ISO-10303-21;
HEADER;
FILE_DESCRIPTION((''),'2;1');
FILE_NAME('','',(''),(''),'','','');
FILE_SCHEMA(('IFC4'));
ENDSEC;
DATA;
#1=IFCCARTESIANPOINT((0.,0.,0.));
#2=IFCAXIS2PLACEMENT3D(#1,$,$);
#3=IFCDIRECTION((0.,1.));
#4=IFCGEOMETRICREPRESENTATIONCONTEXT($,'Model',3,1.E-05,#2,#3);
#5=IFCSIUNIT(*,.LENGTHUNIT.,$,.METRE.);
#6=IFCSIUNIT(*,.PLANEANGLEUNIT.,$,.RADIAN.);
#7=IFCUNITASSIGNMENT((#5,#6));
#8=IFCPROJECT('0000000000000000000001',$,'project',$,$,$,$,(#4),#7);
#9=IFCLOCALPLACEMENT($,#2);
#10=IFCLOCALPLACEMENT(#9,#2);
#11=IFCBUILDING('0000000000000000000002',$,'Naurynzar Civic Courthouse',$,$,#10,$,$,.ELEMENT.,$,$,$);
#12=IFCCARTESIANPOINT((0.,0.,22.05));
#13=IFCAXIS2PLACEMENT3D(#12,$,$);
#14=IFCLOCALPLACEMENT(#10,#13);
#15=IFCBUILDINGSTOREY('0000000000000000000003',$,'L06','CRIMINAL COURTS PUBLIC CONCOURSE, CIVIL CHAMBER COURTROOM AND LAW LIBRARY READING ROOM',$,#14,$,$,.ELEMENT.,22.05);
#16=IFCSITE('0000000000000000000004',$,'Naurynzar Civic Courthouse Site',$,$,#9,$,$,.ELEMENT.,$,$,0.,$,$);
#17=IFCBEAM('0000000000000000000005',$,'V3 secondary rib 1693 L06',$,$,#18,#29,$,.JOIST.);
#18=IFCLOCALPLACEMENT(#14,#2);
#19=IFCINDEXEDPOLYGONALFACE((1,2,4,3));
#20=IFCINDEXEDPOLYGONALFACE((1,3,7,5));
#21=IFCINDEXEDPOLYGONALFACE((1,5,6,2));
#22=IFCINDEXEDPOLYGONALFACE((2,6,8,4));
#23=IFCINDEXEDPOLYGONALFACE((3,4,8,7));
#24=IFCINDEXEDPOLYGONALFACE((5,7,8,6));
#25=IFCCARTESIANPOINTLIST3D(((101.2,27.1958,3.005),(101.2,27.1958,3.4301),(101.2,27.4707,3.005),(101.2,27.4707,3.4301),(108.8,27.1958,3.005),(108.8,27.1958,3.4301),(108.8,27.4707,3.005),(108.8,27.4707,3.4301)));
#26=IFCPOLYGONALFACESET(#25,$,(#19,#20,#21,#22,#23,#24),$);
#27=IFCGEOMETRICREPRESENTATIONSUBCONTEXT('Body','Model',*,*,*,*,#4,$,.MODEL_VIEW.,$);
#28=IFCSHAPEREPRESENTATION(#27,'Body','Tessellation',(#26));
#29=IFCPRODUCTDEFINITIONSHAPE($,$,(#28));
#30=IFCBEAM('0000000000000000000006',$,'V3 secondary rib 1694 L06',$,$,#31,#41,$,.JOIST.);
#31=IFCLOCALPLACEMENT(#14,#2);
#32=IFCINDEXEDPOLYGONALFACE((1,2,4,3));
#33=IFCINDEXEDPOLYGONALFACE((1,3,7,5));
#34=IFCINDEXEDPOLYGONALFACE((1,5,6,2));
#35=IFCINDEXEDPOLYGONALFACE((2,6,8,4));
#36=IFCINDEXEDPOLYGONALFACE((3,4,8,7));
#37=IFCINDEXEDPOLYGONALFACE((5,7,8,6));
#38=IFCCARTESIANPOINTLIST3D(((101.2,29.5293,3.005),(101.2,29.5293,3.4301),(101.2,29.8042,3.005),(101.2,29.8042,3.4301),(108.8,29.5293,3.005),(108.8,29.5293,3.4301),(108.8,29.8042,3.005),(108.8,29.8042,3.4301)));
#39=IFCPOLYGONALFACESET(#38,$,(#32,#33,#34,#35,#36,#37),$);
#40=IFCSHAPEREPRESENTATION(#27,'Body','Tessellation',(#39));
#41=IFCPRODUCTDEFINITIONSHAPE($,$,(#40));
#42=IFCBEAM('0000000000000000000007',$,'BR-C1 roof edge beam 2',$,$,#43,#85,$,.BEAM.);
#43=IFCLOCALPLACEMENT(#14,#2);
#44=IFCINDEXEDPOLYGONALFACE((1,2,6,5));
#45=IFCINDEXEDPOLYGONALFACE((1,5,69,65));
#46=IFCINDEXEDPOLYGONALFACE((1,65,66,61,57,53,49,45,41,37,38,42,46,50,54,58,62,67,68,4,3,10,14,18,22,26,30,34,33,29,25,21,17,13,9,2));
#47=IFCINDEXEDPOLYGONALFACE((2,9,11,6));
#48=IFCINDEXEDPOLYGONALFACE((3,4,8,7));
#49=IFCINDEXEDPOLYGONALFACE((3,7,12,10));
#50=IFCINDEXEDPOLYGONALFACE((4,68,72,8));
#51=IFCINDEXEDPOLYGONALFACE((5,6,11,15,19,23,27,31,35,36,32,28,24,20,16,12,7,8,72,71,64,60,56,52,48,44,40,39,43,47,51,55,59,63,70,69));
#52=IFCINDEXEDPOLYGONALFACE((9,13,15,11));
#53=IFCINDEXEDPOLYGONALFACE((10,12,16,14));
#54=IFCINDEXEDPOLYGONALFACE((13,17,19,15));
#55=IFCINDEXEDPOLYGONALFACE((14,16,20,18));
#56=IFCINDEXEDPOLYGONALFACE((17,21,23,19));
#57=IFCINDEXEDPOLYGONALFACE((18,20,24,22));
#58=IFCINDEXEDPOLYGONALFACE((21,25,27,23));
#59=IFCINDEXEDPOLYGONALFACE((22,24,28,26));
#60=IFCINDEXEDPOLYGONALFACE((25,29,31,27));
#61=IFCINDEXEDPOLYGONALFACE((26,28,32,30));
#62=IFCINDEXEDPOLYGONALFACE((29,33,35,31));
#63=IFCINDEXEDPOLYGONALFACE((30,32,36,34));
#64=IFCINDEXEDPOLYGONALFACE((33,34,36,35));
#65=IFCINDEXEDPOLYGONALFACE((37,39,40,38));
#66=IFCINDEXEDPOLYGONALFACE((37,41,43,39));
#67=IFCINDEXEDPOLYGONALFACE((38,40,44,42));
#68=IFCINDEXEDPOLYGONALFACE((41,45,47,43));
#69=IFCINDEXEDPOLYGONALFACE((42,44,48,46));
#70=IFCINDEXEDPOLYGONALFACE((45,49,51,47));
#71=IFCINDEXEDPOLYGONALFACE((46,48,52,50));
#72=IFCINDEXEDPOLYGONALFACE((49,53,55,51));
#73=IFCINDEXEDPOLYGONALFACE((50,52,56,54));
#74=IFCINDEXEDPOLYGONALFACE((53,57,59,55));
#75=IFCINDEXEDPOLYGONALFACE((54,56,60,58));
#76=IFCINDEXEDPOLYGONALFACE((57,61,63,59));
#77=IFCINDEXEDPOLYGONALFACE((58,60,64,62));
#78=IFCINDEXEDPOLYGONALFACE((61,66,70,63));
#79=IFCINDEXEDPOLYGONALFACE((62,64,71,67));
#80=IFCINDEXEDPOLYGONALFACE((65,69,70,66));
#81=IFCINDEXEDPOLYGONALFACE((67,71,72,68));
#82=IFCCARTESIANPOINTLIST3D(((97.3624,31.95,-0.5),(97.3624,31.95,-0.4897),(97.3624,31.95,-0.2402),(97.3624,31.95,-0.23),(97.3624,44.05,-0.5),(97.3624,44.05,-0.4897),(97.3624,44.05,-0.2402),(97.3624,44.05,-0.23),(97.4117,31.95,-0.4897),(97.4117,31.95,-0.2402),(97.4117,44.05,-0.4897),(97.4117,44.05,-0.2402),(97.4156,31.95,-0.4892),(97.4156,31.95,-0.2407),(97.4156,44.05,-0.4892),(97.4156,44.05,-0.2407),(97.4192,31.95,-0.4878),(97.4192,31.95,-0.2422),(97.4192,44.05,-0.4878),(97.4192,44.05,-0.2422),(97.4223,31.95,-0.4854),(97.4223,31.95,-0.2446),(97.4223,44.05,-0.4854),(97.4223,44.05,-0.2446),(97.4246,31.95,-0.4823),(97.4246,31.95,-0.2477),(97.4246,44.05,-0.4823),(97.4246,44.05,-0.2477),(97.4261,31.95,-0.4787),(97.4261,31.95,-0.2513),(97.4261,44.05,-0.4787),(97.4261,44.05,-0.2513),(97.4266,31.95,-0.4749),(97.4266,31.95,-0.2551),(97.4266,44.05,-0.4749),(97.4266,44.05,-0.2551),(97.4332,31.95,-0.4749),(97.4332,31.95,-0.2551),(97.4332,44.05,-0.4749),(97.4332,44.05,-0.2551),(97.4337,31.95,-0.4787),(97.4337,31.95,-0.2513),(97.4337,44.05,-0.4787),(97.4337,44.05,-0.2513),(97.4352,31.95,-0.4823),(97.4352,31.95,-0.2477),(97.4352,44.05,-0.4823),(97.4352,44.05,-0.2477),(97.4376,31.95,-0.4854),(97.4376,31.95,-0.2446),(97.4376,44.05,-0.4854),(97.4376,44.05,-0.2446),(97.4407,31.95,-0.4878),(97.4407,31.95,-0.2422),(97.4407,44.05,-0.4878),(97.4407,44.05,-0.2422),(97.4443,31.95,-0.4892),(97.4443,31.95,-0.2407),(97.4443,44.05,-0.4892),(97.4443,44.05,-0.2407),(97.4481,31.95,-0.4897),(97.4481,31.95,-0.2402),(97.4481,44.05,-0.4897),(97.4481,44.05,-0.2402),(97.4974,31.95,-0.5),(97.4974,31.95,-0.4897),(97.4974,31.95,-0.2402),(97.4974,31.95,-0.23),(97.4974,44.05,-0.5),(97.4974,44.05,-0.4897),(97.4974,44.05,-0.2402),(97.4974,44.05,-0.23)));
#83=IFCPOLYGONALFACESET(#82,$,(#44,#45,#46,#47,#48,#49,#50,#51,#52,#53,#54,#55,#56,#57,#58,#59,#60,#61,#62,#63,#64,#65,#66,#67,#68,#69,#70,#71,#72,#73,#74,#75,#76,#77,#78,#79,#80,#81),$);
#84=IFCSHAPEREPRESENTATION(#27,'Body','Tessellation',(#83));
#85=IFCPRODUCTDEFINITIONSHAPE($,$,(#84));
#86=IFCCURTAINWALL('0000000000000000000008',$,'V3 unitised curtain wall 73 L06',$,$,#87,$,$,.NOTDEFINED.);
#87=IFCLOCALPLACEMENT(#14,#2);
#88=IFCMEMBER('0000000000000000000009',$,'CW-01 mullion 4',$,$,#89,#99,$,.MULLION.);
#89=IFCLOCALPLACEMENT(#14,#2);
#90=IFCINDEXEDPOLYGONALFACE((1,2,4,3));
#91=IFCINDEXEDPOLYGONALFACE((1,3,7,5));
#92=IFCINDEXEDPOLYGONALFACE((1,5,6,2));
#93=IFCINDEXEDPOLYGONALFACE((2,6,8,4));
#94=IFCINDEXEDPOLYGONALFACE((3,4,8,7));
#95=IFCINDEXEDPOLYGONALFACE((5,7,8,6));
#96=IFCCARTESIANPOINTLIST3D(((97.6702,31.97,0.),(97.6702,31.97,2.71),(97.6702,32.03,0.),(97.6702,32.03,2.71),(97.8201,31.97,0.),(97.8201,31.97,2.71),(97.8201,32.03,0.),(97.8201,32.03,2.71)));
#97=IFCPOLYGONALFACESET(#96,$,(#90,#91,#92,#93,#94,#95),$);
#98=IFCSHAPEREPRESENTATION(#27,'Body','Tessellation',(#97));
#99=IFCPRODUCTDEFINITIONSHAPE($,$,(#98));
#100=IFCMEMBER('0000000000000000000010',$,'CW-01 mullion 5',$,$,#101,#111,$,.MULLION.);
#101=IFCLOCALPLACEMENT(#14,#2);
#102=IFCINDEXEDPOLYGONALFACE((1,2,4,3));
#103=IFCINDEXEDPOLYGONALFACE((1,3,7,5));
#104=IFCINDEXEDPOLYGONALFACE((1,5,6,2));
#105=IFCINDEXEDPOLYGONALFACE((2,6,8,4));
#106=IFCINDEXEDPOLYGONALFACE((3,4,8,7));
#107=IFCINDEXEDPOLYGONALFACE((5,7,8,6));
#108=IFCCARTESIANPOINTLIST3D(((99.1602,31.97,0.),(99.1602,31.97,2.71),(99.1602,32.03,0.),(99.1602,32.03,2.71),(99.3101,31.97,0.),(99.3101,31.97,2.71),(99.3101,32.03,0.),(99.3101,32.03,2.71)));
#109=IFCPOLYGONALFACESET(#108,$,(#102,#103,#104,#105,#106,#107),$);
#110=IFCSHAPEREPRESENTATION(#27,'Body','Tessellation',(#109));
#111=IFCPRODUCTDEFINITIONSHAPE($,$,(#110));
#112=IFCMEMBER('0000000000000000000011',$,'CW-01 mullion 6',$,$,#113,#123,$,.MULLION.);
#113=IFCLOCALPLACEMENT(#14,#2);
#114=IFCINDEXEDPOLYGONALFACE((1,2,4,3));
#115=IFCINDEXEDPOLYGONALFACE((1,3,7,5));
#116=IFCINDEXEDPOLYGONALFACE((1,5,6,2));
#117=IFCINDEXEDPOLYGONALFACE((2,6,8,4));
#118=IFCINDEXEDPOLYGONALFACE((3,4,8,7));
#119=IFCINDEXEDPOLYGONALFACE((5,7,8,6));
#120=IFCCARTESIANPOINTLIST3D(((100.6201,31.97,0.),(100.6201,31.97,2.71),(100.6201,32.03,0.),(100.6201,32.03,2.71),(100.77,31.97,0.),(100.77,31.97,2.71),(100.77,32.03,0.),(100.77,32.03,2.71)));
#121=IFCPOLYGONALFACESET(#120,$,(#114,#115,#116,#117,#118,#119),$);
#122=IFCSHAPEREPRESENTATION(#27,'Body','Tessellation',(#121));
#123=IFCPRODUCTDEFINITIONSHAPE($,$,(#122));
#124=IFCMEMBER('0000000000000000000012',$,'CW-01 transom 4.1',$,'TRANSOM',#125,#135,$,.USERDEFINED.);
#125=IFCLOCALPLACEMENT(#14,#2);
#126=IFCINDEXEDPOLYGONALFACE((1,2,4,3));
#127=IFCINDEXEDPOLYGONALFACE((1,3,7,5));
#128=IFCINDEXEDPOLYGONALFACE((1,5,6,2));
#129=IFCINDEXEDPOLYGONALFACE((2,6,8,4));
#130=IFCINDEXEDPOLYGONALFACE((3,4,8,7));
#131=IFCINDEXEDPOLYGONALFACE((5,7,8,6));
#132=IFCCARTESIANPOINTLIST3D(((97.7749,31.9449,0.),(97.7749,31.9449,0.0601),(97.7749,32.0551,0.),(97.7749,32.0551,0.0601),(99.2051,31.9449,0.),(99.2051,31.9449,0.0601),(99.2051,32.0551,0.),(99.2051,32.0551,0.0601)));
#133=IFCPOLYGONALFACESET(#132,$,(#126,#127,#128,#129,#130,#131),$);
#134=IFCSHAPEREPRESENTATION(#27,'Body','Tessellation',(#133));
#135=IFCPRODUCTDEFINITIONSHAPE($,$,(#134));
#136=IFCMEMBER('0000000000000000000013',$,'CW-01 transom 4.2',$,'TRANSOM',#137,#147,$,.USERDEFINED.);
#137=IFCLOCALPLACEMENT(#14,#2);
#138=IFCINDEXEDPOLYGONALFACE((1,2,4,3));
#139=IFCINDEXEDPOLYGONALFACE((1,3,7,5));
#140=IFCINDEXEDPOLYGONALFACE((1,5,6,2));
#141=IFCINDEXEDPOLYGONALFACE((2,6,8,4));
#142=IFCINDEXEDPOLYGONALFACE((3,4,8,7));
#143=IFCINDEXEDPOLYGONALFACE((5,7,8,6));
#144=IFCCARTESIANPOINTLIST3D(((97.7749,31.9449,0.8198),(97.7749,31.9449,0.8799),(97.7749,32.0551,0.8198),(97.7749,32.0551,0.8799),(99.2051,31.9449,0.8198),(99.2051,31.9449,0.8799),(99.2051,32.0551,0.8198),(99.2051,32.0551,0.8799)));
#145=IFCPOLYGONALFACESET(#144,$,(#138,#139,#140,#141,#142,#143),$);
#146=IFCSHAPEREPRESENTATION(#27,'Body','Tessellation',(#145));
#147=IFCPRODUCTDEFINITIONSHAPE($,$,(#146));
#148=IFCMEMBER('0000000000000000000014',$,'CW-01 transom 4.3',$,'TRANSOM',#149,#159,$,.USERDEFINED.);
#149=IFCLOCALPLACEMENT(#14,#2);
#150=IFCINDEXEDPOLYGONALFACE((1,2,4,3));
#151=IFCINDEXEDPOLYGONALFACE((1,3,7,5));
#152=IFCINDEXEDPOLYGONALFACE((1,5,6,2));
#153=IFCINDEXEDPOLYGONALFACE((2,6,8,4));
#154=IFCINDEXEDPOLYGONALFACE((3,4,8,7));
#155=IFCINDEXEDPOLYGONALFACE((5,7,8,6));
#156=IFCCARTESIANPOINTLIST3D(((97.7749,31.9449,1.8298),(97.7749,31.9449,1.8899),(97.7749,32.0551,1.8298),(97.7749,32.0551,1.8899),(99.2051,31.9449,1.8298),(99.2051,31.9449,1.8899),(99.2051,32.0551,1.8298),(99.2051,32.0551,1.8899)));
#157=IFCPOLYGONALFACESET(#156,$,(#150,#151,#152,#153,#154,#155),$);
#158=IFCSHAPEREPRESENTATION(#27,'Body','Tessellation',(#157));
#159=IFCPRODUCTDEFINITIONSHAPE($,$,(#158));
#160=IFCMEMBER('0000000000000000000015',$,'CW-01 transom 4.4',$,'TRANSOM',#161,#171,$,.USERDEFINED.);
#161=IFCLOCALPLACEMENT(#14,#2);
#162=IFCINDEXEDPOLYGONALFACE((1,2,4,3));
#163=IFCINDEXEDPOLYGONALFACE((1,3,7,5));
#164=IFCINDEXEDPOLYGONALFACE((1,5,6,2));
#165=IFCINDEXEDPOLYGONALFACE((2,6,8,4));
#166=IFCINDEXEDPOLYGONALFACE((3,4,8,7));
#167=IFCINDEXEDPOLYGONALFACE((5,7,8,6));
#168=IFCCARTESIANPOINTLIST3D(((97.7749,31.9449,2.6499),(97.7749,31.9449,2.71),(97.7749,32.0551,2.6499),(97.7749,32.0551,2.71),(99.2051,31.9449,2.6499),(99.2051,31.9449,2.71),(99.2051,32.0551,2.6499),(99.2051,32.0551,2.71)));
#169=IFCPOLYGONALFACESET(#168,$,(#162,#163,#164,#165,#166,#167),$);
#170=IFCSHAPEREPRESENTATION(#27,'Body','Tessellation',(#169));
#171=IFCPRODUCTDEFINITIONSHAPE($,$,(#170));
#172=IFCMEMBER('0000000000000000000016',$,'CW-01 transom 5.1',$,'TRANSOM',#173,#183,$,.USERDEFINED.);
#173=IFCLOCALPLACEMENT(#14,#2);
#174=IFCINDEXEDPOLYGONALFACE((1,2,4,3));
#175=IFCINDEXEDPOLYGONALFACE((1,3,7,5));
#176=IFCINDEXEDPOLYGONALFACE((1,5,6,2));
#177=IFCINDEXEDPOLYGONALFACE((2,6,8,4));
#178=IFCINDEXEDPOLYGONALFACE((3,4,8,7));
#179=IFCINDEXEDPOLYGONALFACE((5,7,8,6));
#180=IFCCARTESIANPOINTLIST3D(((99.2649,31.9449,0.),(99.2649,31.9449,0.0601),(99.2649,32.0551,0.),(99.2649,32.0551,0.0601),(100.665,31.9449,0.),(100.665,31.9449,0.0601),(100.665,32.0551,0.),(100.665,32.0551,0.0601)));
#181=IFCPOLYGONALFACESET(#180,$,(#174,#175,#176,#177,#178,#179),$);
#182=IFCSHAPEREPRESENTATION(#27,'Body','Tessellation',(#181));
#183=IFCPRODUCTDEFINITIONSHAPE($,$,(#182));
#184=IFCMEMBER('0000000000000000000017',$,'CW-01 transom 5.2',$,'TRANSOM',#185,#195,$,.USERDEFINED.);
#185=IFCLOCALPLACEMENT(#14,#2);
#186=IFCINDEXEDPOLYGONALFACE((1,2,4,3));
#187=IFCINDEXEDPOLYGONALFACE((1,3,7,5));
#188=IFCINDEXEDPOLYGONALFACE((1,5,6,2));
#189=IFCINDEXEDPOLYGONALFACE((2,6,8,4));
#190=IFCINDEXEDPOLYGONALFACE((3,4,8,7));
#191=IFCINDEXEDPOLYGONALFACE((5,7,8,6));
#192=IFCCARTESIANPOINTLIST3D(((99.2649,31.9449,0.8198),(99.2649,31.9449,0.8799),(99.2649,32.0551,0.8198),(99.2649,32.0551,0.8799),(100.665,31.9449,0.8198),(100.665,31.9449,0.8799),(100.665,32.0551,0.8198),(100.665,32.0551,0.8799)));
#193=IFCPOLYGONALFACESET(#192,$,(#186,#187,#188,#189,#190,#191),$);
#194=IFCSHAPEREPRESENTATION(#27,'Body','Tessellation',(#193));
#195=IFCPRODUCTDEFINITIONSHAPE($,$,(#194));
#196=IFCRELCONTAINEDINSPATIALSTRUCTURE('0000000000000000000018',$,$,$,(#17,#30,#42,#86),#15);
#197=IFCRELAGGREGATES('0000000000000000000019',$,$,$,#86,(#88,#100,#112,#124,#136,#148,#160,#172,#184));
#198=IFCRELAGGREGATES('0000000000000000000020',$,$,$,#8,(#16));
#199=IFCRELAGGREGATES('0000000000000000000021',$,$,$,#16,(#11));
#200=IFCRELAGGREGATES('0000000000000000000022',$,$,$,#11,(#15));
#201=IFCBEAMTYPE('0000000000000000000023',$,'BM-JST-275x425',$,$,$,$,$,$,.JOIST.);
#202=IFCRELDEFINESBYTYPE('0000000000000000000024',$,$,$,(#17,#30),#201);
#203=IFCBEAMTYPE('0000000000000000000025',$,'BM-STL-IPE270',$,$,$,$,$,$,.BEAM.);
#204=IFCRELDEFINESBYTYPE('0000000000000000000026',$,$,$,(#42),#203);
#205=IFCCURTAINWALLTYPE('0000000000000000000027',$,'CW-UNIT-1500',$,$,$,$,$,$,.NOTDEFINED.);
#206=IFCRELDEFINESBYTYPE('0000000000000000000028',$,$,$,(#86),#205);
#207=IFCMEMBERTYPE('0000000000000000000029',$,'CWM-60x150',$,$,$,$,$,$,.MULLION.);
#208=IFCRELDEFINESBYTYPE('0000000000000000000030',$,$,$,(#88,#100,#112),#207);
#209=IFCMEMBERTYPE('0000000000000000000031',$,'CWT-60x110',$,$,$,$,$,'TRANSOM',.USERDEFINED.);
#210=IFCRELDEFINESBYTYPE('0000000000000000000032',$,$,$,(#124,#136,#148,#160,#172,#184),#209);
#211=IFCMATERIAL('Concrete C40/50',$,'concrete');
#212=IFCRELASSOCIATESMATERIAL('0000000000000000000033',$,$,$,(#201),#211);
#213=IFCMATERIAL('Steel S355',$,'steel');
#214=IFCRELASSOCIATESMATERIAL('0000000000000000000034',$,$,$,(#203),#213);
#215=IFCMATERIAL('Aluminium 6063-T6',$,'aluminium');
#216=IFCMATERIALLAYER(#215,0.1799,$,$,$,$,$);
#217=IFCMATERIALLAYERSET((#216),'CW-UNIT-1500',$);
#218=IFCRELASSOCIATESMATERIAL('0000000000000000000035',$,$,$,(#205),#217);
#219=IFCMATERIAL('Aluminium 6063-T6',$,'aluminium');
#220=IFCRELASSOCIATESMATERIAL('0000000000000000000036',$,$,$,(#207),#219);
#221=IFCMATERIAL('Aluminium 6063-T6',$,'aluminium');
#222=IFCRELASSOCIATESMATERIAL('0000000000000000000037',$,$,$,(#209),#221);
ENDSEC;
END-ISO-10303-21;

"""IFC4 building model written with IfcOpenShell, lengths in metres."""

from ifc_helpers import new_model, si_unit, direction, frame, origin, origin_2d, place, context, subcontext, project, spatial, rectangle, i_section, extrude, material, layer, layer_set, material_profile, profile_set, type_object, element, aggregate, save


model = new_model("IFC4")

# Units and contexts
model_context = context("Model", 3, precision=1e-05, world=origin(), true_north=direction((0.0, 1.0)))
body_context = subcontext(model_context, "Body", "Model", "MODEL_VIEW")
ifc_project = project(units=[si_unit("LENGTHUNIT", "METRE"), si_unit("PLANEANGLEUNIT", "RADIAN")], contexts=[model_context])

# Site, building, storey
site_placement = place(None, origin())
site = spatial("IfcSite", under=ifc_project, at=site_placement, Name="Naurynzar Civic Courthouse Site", CompositionType="ELEMENT", RefElevation=0.0)
building_placement = place(site_placement, origin())
building = spatial("IfcBuilding", under=site, at=building_placement, Name="Naurynzar Civic Courthouse", CompositionType="ELEMENT")
storey_placement = place(building_placement, frame((0.0, 0.0, 22.05)))
storey = spatial("IfcBuildingStorey", under=building, at=storey_placement, Name="L06", Description="CRIMINAL COURTS PUBLIC CONCOURSE, CIVIL CHAMBER COURTROOM AND LAW LIBRARY READING ROOM", CompositionType="ELEMENT", Elevation=22.05)

# Beams
ifc_material_1 = material(Name="Concrete C40/50", Category="concrete")
ifc_material_profile_1 = material_profile(ifc_material_1, rectangle(XDim=0.2749, YDim=0.425, at=origin_2d()), Name="RCB 275x425")
ifc_profile_set_1 = profile_set([ifc_material_profile_1], Name="Concrete C40/50")
beam_type_1 = type_object("IfcBeamType", Name="BM-JST-275x425", PredefinedType="JOIST", material=ifc_profile_set_1)
for number, where, z_axis, x_axis, name in (
    (1, (101.2, 27.3333, 3.2175), (1.0, 0.0, 0.0), (0.0, 1.0, 0.0), "V3 secondary rib 1693 L06"),
    (2, (101.2, 29.6667, 3.2175), (1.0, 0.0, 0.0), (0.0, 1.0, 0.0), "V3 secondary rib 1694 L06"),
):
    element("IfcBeam", number, at=place(storey_placement, frame(where, z_axis=z_axis, x_axis=x_axis)), inside=storey, type_object=beam_type_1, Name=name, PredefinedType="JOIST", context=body_context, shape_type="SweptSolid", body=[
        extrude(rectangle(XDim=0.2749, YDim=0.425, at=origin_2d()), origin(), (0.0, 0.0, 1.0), 7.6001),
    ])
ifc_material_2 = material(Name="Steel S355", Category="steel")
ifc_material_profile_2 = material_profile(ifc_material_2, i_section(OverallWidth=0.135, OverallDepth=0.27, WebThickness=0.0066, FlangeThickness=0.0103, FilletRadius=0.0149, at=origin_2d()), Name="IPE 270")
ifc_profile_set_2 = profile_set([ifc_material_profile_2], Name="Steel S355")
beam_type_2 = type_object("IfcBeamType", Name="BM-STL-IPE270", PredefinedType="BEAM", material=ifc_profile_set_2)
beam_placement = place(storey_placement, frame((97.4299, 31.95, -0.365), z_axis=(0.0, 1.0, 0.0), x_axis=(-1.0, 0.0, 0.0)))
element("IfcBeam", 3, at=beam_placement, inside=storey, type_object=beam_type_2, Name="BR-C1 roof edge beam 2", PredefinedType="BEAM", context=body_context, shape_type="SweptSolid", body=[
    extrude(i_section(OverallWidth=0.135, OverallDepth=0.27, WebThickness=0.0066, FlangeThickness=0.0103, FilletRadius=0.0149, at=origin_2d()), origin(), (0.0, 0.0, 1.0), 12.1001),
])

# Curtain wall, members
ifc_material_3 = material(Name="Aluminium 6063-T6", Category="aluminium")
ifc_layer_1 = layer(ifc_material_3, 0.1799)
ifc_layer_set_1 = layer_set([ifc_layer_1], Name="CW-UNIT-1500")
curtain_wall_type = type_object("IfcCurtainWallType", Name="CW-UNIT-1500", PredefinedType="NOTDEFINED", material=ifc_layer_set_1)
curtain_wall_placement = place(storey_placement, origin())
curtain_wall = element("IfcCurtainWall", 4, at=curtain_wall_placement, inside=storey, type_object=curtain_wall_type, Name="V3 unitised curtain wall 73 L06", PredefinedType="NOTDEFINED")
ifc_material_4 = material(Name="Aluminium 6063-T6", Category="aluminium")
ifc_material_profile_3 = material_profile(ifc_material_4, rectangle(XDim=0.0601, YDim=0.1499, at=origin_2d()), Name="ALU MULLION 60x150")
ifc_profile_set_3 = profile_set([ifc_material_profile_3], Name="Aluminium 6063-T6")
member_type_1 = type_object("IfcMemberType", Name="CWM-60x150", PredefinedType="MULLION", material=ifc_profile_set_3)
member_1_placement = place(storey_placement, frame((97.7451, 32.0, 0.0), z_axis=(0.0, 0.0, 1.0), x_axis=(0.0, 1.0, 0.0)))
member_1 = element("IfcMember", 5, at=member_1_placement, type_object=member_type_1, Name="CW-01 mullion 4", PredefinedType="MULLION", context=body_context, shape_type="SweptSolid", body=[
    extrude(rectangle(XDim=0.0601, YDim=0.1499, at=origin_2d()), origin(), (0.0, 0.0, 1.0), 2.71),
])
member_2_placement = place(storey_placement, frame((99.2351, 32.0, 0.0), z_axis=(0.0, 0.0, 1.0), x_axis=(0.0, 1.0, 0.0)))
member_2 = element("IfcMember", 6, at=member_2_placement, type_object=member_type_1, Name="CW-01 mullion 5", PredefinedType="MULLION", context=body_context, shape_type="SweptSolid", body=[
    extrude(rectangle(XDim=0.0601, YDim=0.1499, at=origin_2d()), origin(), (0.0, 0.0, 1.0), 2.71),
])
member_3_placement = place(storey_placement, frame((100.6951, 32.0, 0.0), z_axis=(0.0, 0.0, 1.0), x_axis=(0.0, 1.0, 0.0)))
member_3 = element("IfcMember", 7, at=member_3_placement, type_object=member_type_1, Name="CW-01 mullion 6", PredefinedType="MULLION", context=body_context, shape_type="SweptSolid", body=[
    extrude(rectangle(XDim=0.0601, YDim=0.1499, at=origin_2d()), origin(), (0.0, 0.0, 1.0), 2.71),
])
ifc_material_5 = material(Name="Aluminium 6063-T6", Category="aluminium")
ifc_material_profile_4 = material_profile(ifc_material_5, rectangle(XDim=0.1101, YDim=0.0601, at=origin_2d()), Name="ALU TRANSOM 60x110")
ifc_profile_set_4 = profile_set([ifc_material_profile_4], Name="Aluminium 6063-T6")
member_type_2 = type_object("IfcMemberType", Name="CWT-60x110", ElementType="TRANSOM", PredefinedType="USERDEFINED", material=ifc_profile_set_4)
member_4_placement = place(storey_placement, frame((97.7749, 32.0, 0.03), z_axis=(1.0, 0.0, 0.0), x_axis=(0.0, 1.0, 0.0)))
member_4 = element("IfcMember", 8, at=member_4_placement, type_object=member_type_2, Name="CW-01 transom 4.1", ObjectType="TRANSOM", PredefinedType="USERDEFINED", context=body_context, shape_type="SweptSolid", body=[
    extrude(rectangle(XDim=0.1101, YDim=0.0601, at=origin_2d()), origin(), (0.0, 0.0, 1.0), 1.4302),
])
member_5_placement = place(storey_placement, frame((97.7749, 32.0, 0.8499), z_axis=(1.0, 0.0, 0.0), x_axis=(0.0, 1.0, 0.0)))
member_5 = element("IfcMember", 9, at=member_5_placement, type_object=member_type_2, Name="CW-01 transom 4.2", ObjectType="TRANSOM", PredefinedType="USERDEFINED", context=body_context, shape_type="SweptSolid", body=[
    extrude(rectangle(XDim=0.1101, YDim=0.0601, at=origin_2d()), origin(), (0.0, 0.0, 1.0), 1.4302),
])
member_6_placement = place(storey_placement, frame((97.7749, 32.0, 1.8599), z_axis=(1.0, 0.0, 0.0), x_axis=(0.0, 1.0, 0.0)))
member_6 = element("IfcMember", 10, at=member_6_placement, type_object=member_type_2, Name="CW-01 transom 4.3", ObjectType="TRANSOM", PredefinedType="USERDEFINED", context=body_context, shape_type="SweptSolid", body=[
    extrude(rectangle(XDim=0.1101, YDim=0.0601, at=origin_2d()), origin(), (0.0, 0.0, 1.0), 1.4302),
])
member_7_placement = place(storey_placement, frame((97.7749, 32.0, 2.6799), z_axis=(1.0, 0.0, 0.0), x_axis=(0.0, 1.0, 0.0)))
member_7 = element("IfcMember", 11, at=member_7_placement, type_object=member_type_2, Name="CW-01 transom 4.4", ObjectType="TRANSOM", PredefinedType="USERDEFINED", context=body_context, shape_type="SweptSolid", body=[
    extrude(rectangle(XDim=0.1101, YDim=0.0601, at=origin_2d()), origin(), (0.0, 0.0, 1.0), 1.4302),
])
member_8_placement = place(storey_placement, frame((99.2649, 32.0, 0.03), z_axis=(1.0, 0.0, 0.0), x_axis=(0.0, 1.0, 0.0)))
member_8 = element("IfcMember", 12, at=member_8_placement, type_object=member_type_2, Name="CW-01 transom 5.1", ObjectType="TRANSOM", PredefinedType="USERDEFINED", context=body_context, shape_type="SweptSolid", body=[
    extrude(rectangle(XDim=0.1101, YDim=0.0601, at=origin_2d()), origin(), (0.0, 0.0, 1.0), 1.4001),
])
member_9_placement = place(storey_placement, frame((99.2649, 32.0, 0.8499), z_axis=(1.0, 0.0, 0.0), x_axis=(0.0, 1.0, 0.0)))
member_9 = element("IfcMember", 13, at=member_9_placement, type_object=member_type_2, Name="CW-01 transom 5.2", ObjectType="TRANSOM", PredefinedType="USERDEFINED", context=body_context, shape_type="SweptSolid", body=[
    extrude(rectangle(XDim=0.1101, YDim=0.0601, at=origin_2d()), origin(), (0.0, 0.0, 1.0), 1.4001),
])

aggregate(curtain_wall, [member_1, member_2, member_3, member_4, member_5, member_6, member_7, member_8, member_9])

save(model, "model.ifc")
